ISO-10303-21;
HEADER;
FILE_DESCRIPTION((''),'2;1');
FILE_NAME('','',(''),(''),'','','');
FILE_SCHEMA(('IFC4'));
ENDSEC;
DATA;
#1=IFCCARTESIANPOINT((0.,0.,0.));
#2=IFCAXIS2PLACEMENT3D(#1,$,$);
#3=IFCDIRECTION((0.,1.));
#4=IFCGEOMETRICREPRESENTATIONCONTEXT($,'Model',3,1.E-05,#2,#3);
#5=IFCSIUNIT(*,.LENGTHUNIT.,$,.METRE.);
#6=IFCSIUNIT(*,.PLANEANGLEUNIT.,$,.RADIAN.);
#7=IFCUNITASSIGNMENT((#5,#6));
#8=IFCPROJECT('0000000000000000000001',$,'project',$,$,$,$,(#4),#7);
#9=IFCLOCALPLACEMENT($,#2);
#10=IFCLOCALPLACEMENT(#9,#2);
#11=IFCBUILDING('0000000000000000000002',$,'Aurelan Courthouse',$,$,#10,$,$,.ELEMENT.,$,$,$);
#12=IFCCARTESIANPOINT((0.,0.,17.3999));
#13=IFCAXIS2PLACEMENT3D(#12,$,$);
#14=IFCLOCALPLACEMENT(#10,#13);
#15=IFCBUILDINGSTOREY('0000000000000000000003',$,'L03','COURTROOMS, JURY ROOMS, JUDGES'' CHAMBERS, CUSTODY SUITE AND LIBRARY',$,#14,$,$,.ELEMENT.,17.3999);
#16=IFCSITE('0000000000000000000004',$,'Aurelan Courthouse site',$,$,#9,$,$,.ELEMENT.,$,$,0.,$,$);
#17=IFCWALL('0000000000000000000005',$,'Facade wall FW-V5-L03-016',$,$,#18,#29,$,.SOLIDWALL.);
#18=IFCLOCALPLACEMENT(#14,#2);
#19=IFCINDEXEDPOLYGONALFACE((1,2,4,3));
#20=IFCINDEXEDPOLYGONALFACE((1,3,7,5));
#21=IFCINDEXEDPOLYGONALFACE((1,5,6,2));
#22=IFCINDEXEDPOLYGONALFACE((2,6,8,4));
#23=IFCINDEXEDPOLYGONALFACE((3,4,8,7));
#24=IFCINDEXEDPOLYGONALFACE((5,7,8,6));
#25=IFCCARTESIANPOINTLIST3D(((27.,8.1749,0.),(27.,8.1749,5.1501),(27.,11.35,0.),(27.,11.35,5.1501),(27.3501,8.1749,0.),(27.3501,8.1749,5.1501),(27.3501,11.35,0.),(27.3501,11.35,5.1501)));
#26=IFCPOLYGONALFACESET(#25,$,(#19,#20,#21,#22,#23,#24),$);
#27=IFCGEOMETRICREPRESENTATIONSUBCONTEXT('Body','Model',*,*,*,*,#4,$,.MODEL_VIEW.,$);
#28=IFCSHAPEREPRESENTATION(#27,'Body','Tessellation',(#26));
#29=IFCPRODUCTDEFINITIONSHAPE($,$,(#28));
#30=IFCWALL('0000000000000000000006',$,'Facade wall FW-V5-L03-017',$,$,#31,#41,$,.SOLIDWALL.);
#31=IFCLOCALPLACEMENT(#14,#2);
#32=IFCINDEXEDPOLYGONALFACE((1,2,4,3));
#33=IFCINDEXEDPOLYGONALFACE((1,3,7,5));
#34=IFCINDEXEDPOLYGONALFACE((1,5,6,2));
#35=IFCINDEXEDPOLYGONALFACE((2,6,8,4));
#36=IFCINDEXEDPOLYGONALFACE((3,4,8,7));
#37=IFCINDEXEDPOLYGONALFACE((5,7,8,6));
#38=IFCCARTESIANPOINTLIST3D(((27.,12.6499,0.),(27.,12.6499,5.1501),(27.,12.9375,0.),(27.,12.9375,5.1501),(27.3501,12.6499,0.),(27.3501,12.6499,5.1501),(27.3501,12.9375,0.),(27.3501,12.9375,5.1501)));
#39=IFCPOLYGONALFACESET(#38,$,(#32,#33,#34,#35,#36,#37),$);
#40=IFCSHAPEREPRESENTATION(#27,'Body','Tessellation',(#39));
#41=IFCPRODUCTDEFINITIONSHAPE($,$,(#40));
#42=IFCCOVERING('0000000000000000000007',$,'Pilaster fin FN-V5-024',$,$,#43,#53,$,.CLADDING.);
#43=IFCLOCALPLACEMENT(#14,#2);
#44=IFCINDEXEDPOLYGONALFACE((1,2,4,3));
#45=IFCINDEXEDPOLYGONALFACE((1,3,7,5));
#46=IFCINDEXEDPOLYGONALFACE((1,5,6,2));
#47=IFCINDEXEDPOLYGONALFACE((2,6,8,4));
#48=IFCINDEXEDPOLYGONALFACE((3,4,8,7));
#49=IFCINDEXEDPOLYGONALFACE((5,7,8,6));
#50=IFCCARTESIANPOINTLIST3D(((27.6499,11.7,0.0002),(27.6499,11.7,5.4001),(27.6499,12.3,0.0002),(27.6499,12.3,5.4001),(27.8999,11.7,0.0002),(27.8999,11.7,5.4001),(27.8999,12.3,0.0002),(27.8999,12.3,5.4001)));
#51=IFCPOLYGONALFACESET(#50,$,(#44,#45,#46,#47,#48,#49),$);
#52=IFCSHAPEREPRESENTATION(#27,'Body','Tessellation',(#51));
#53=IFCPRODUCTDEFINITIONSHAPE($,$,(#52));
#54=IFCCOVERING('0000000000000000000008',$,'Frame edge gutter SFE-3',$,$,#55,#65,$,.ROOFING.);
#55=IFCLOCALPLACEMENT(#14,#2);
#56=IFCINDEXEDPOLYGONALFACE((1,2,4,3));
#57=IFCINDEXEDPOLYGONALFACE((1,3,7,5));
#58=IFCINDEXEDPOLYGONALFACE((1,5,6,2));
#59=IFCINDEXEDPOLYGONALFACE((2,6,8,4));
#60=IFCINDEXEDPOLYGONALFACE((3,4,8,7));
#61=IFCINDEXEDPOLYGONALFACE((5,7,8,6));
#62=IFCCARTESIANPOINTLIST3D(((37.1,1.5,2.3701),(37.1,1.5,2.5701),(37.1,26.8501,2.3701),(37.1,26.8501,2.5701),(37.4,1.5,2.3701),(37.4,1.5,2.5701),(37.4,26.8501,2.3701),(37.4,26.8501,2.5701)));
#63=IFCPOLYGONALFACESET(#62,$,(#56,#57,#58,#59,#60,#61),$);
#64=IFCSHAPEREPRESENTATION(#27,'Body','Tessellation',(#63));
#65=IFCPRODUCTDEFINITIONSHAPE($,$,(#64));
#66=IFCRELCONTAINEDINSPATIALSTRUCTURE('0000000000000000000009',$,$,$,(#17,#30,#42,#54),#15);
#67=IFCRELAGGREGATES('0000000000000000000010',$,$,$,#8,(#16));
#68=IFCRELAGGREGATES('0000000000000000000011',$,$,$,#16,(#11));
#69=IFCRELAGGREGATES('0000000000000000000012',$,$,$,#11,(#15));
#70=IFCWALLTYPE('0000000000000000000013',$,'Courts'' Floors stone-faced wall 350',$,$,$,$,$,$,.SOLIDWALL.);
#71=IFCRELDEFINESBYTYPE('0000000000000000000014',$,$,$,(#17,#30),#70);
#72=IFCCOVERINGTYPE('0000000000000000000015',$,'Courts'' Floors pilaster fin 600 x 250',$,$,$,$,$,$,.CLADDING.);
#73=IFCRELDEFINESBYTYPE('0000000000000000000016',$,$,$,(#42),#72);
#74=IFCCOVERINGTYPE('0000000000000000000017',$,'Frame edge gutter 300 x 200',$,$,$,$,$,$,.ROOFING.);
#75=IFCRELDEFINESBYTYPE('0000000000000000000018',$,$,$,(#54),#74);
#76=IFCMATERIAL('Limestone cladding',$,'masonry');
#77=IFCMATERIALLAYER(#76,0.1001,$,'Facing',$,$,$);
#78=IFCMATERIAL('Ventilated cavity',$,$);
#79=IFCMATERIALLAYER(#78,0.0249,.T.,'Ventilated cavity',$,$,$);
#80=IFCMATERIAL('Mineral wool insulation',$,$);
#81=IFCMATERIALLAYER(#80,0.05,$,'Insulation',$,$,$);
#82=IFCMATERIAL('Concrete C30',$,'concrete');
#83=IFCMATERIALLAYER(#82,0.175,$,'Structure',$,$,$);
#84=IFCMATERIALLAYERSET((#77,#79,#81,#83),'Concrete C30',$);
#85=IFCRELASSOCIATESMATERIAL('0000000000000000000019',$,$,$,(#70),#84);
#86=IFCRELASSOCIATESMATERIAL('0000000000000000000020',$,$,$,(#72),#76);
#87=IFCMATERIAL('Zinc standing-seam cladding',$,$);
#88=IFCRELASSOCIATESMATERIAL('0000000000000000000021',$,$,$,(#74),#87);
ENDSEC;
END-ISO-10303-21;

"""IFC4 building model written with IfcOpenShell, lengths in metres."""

from ifc_helpers import new_model, si_unit, direction, frame, frame_2d, origin, origin_2d, place, context, subcontext, project, spatial, rectangle, extrude, material, layer, layer_set, type_object, element, save


model = new_model("IFC4")

# Units and contexts
model_context = context("Model", 3, precision=1e-05, world=origin(), true_north=direction((0.0, 1.0)))
body_context = subcontext(model_context, "Body", "Model", "MODEL_VIEW")
ifc_project = project(units=[si_unit("LENGTHUNIT", "METRE"), si_unit("PLANEANGLEUNIT", "RADIAN")], contexts=[model_context])

# Site, building, storey
site_placement = place(None, origin())
site = spatial("IfcSite", under=ifc_project, at=site_placement, Name="Aurelan Courthouse site", CompositionType="ELEMENT", RefElevation=0.0)
building_placement = place(site_placement, origin())
building = spatial("IfcBuilding", under=site, at=building_placement, Name="Aurelan Courthouse", CompositionType="ELEMENT")
storey_placement = place(building_placement, frame((0.0, 0.0, 17.3999)))
storey = spatial("IfcBuildingStorey", under=building, at=storey_placement, Name="L03", Description="COURTROOMS, JURY ROOMS, JUDGES' CHAMBERS, CUSTODY SUITE AND LIBRARY", CompositionType="ELEMENT", Elevation=17.3999)

# Shared definitions
ifc_material_1 = material(Name="Limestone cladding", Category="masonry")

# Walls
ifc_layer_1 = layer(ifc_material_1, 0.1001, Name="Facing")
ifc_material_2 = material(Name="Ventilated cavity")
ifc_layer_2 = layer(ifc_material_2, 0.0249, ventilated=True, Name="Ventilated cavity")
ifc_material_3 = material(Name="Mineral wool insulation")
ifc_layer_3 = layer(ifc_material_3, 0.05, Name="Insulation")
ifc_material_4 = material(Name="Concrete C30", Category="concrete")
ifc_layer_4 = layer(ifc_material_4, 0.175, Name="Structure")
ifc_layer_set_1 = layer_set([ifc_layer_1, ifc_layer_2, ifc_layer_3, ifc_layer_4], Name="Concrete C30")
wall_type = type_object("IfcWallType", Name="Courts' Floors stone-faced wall 350", PredefinedType="SOLIDWALL", material=ifc_layer_set_1)
wall_1_placement = place(storey_placement, frame((27.175, 8.175, 0.0), z_axis=(0.0, 0.0, 1.0), x_axis=(0.0, 1.0, 0.0)))
element("IfcWall", 1, at=wall_1_placement, inside=storey, type_object=wall_type, Name="Facade wall FW-V5-L03-016", PredefinedType="SOLIDWALL", context=body_context, shape_type="SweptSolid", body=[
    extrude(rectangle(XDim=3.175, YDim=0.3501, at=frame_2d((1.5874, 0.0))), origin(), (0.0, 0.0, 1.0), 5.1501),
])
wall_2_placement = place(storey_placement, frame((27.175, 12.6499, 0.0), z_axis=(0.0, 0.0, 1.0), x_axis=(0.0, 1.0, 0.0)))
element("IfcWall", 2, at=wall_2_placement, inside=storey, type_object=wall_type, Name="Facade wall FW-V5-L03-017", PredefinedType="SOLIDWALL", context=body_context, shape_type="SweptSolid", body=[
    extrude(rectangle(XDim=0.2876, YDim=0.3501, at=frame_2d((0.1438, 0.0))), origin(), (0.0, 0.0, 1.0), 5.1501),
])

# Coverings
covering_type_1 = type_object("IfcCoveringType", Name="Courts' Floors pilaster fin 600 x 250", PredefinedType="CLADDING", material=ifc_material_1)
covering_1_placement = place(storey_placement, frame((27.7749, 12.0, 0.0002), z_axis=(0.0, 0.0, 1.0), x_axis=(1.0, 0.0, 0.0)))
element("IfcCovering", 3, at=covering_1_placement, inside=storey, type_object=covering_type_1, Name="Pilaster fin FN-V5-024", PredefinedType="CLADDING", context=body_context, shape_type="SweptSolid", body=[
    extrude(rectangle(XDim=0.25, YDim=0.6001, at=origin_2d()), origin(), (0.0, 0.0, 1.0), 5.3999),
])
ifc_material_5 = material(Name="Zinc standing-seam cladding")
covering_type_2 = type_object("IfcCoveringType", Name="Frame edge gutter 300 x 200", PredefinedType="ROOFING", material=ifc_material_5)
covering_2_placement = place(storey_placement, frame((37.25, 14.175, 2.3701), z_axis=(0.0, 0.0, 1.0), x_axis=(1.0, 0.0, 0.0)))
element("IfcCovering", 4, at=covering_2_placement, inside=storey, type_object=covering_type_2, Name="Frame edge gutter SFE-3", PredefinedType="ROOFING", context=body_context, shape_type="SweptSolid", body=[
    extrude(rectangle(XDim=0.3, YDim=25.3501, at=origin_2d()), origin(), (0.0, 0.0, 1.0), 0.2),
])

save(model, "model.ifc")
